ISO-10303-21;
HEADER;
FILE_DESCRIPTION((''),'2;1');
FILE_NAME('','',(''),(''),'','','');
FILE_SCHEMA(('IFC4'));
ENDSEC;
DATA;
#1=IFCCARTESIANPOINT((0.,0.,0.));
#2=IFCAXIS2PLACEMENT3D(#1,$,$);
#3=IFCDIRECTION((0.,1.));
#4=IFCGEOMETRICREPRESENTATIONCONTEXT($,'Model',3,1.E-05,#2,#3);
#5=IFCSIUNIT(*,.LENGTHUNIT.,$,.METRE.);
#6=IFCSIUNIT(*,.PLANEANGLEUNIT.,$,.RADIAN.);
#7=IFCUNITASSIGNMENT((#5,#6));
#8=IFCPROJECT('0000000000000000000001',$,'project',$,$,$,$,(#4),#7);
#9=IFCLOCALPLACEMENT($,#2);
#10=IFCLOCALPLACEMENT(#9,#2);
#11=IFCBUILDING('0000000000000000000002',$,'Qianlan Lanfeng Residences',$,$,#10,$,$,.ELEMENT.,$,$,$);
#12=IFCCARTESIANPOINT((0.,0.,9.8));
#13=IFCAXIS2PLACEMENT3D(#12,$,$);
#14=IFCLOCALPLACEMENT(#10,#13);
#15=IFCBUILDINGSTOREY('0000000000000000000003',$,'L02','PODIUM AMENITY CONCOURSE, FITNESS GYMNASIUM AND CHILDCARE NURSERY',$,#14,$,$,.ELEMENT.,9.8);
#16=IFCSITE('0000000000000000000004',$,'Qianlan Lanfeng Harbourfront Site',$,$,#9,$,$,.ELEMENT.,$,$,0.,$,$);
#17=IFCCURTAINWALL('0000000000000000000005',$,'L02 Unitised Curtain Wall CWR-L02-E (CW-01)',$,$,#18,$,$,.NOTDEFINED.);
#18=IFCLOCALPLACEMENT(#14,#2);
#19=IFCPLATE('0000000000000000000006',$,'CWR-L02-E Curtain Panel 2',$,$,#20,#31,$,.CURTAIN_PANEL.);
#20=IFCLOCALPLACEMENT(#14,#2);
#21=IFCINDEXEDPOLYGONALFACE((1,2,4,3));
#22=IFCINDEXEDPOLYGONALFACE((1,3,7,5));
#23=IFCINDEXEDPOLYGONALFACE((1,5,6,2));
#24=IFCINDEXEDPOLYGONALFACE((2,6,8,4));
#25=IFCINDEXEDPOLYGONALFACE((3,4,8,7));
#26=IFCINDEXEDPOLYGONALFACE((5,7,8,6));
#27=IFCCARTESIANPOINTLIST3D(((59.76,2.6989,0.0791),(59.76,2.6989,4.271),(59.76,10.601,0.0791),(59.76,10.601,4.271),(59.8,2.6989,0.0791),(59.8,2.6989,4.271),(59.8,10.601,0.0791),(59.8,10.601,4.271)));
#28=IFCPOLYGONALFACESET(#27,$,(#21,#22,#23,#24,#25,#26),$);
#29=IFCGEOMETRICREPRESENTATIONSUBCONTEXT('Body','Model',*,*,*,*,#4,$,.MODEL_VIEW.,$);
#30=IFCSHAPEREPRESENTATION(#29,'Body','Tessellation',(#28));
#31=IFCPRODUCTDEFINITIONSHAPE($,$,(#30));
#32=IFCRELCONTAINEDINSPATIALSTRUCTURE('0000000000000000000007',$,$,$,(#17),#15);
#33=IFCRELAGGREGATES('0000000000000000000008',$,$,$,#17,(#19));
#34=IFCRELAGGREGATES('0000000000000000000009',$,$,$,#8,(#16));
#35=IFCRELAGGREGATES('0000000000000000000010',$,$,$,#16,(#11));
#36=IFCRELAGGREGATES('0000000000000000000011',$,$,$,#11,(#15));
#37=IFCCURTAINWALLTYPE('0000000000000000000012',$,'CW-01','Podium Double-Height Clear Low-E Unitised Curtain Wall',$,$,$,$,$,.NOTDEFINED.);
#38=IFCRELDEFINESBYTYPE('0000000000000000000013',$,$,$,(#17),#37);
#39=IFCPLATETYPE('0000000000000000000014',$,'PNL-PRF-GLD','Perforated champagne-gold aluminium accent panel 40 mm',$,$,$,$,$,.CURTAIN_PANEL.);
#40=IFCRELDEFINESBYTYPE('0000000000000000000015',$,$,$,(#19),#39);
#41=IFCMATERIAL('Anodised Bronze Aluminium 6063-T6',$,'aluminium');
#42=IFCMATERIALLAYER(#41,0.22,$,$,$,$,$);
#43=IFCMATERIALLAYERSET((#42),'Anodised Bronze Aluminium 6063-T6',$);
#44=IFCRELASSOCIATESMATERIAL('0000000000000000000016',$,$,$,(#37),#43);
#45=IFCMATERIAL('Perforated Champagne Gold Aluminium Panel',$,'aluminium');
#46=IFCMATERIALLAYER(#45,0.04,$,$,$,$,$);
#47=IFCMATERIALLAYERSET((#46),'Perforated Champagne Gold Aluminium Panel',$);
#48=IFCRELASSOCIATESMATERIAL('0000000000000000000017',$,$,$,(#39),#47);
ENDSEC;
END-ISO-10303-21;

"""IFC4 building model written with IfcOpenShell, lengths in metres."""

from ifc_helpers import new_model, si_unit, direction, frame, origin, origin_2d, place, context, subcontext, project, spatial, rectangle, extrude, source, transform, mapped, material, layer, layer_set, type_object, element, aggregate, save


model = new_model("IFC4")

# Units and contexts
model_context = context("Model", 3, precision=1e-05, world=origin(), true_north=direction((0.0, 1.0)))
body_context = subcontext(model_context, "Body", "Model", "MODEL_VIEW")
ifc_project = project(units=[si_unit("LENGTHUNIT", "METRE"), si_unit("PLANEANGLEUNIT", "RADIAN")], contexts=[model_context])

# Site, building, storey
site_placement = place(None, origin())
site = spatial("IfcSite", under=ifc_project, at=site_placement, Name="Qianlan Lanfeng Harbourfront Site", CompositionType="ELEMENT", RefElevation=0.0)
building_placement = place(site_placement, origin())
building = spatial("IfcBuilding", under=site, at=building_placement, Name="Qianlan Lanfeng Residences", CompositionType="ELEMENT")
storey_placement = place(building_placement, frame((0.0, 0.0, 9.8)))
storey = spatial("IfcBuildingStorey", under=building, at=storey_placement, Name="L02", Description="PODIUM AMENITY CONCOURSE, FITNESS GYMNASIUM AND CHILDCARE NURSERY", CompositionType="ELEMENT", Elevation=9.8)

# Curtain wall, plate
ifc_material_1 = material(Name="Anodised Bronze Aluminium 6063-T6", Category="aluminium")
ifc_layer_1 = layer(ifc_material_1, 0.22)
ifc_layer_set_1 = layer_set([ifc_layer_1], Name="Anodised Bronze Aluminium 6063-T6")
curtain_wall_type = type_object("IfcCurtainWallType", Name="CW-01", Description="Podium Double-Height Clear Low-E Unitised Curtain Wall", PredefinedType="NOTDEFINED", material=ifc_layer_set_1)
curtain_wall_placement = place(storey_placement, origin())
curtain_wall = element("IfcCurtainWall", 1, at=curtain_wall_placement, inside=storey, type_object=curtain_wall_type, Name="L02 Unitised Curtain Wall CWR-L02-E (CW-01)", PredefinedType="NOTDEFINED")
ifc_material_2 = material(Name="Perforated Champagne Gold Aluminium Panel", Category="aluminium")
ifc_layer_2 = layer(ifc_material_2, 0.04)
ifc_layer_set_2 = layer_set([ifc_layer_2], Name="Perforated Champagne Gold Aluminium Panel")
plate_type_1 = type_object("IfcPlateType", Name="PNL-PRF-GLD", Description="Perforated champagne-gold aluminium accent panel 40 mm", PredefinedType="CURTAIN_PANEL", material=ifc_layer_set_2)
shared_shape_1 = source(origin(), body_context, "Body", "SweptSolid", [
    extrude(rectangle(XDim=7.9021, YDim=0.04, at=origin_2d()), origin(), (0.0, 0.0, 1.0), 4.1919),
])
plate_1_placement = place(storey_placement, frame((59.78, 6.6499, 0.0791), z_axis=(0.0, 0.0, 1.0), x_axis=(0.0, 1.0, 0.0)))
plate_1 = element("IfcPlate", 2, at=plate_1_placement, type_object=plate_type_1, Name="CWR-L02-E Curtain Panel 2", PredefinedType="CURTAIN_PANEL", context=body_context, shape_type="MappedRepresentation", body=[
    mapped(shared_shape_1, transform((0.0, 0.0, 0.0), scale=1.0)),
])
aggregate(curtain_wall, [plate_1])

save(model, "model.ifc")
